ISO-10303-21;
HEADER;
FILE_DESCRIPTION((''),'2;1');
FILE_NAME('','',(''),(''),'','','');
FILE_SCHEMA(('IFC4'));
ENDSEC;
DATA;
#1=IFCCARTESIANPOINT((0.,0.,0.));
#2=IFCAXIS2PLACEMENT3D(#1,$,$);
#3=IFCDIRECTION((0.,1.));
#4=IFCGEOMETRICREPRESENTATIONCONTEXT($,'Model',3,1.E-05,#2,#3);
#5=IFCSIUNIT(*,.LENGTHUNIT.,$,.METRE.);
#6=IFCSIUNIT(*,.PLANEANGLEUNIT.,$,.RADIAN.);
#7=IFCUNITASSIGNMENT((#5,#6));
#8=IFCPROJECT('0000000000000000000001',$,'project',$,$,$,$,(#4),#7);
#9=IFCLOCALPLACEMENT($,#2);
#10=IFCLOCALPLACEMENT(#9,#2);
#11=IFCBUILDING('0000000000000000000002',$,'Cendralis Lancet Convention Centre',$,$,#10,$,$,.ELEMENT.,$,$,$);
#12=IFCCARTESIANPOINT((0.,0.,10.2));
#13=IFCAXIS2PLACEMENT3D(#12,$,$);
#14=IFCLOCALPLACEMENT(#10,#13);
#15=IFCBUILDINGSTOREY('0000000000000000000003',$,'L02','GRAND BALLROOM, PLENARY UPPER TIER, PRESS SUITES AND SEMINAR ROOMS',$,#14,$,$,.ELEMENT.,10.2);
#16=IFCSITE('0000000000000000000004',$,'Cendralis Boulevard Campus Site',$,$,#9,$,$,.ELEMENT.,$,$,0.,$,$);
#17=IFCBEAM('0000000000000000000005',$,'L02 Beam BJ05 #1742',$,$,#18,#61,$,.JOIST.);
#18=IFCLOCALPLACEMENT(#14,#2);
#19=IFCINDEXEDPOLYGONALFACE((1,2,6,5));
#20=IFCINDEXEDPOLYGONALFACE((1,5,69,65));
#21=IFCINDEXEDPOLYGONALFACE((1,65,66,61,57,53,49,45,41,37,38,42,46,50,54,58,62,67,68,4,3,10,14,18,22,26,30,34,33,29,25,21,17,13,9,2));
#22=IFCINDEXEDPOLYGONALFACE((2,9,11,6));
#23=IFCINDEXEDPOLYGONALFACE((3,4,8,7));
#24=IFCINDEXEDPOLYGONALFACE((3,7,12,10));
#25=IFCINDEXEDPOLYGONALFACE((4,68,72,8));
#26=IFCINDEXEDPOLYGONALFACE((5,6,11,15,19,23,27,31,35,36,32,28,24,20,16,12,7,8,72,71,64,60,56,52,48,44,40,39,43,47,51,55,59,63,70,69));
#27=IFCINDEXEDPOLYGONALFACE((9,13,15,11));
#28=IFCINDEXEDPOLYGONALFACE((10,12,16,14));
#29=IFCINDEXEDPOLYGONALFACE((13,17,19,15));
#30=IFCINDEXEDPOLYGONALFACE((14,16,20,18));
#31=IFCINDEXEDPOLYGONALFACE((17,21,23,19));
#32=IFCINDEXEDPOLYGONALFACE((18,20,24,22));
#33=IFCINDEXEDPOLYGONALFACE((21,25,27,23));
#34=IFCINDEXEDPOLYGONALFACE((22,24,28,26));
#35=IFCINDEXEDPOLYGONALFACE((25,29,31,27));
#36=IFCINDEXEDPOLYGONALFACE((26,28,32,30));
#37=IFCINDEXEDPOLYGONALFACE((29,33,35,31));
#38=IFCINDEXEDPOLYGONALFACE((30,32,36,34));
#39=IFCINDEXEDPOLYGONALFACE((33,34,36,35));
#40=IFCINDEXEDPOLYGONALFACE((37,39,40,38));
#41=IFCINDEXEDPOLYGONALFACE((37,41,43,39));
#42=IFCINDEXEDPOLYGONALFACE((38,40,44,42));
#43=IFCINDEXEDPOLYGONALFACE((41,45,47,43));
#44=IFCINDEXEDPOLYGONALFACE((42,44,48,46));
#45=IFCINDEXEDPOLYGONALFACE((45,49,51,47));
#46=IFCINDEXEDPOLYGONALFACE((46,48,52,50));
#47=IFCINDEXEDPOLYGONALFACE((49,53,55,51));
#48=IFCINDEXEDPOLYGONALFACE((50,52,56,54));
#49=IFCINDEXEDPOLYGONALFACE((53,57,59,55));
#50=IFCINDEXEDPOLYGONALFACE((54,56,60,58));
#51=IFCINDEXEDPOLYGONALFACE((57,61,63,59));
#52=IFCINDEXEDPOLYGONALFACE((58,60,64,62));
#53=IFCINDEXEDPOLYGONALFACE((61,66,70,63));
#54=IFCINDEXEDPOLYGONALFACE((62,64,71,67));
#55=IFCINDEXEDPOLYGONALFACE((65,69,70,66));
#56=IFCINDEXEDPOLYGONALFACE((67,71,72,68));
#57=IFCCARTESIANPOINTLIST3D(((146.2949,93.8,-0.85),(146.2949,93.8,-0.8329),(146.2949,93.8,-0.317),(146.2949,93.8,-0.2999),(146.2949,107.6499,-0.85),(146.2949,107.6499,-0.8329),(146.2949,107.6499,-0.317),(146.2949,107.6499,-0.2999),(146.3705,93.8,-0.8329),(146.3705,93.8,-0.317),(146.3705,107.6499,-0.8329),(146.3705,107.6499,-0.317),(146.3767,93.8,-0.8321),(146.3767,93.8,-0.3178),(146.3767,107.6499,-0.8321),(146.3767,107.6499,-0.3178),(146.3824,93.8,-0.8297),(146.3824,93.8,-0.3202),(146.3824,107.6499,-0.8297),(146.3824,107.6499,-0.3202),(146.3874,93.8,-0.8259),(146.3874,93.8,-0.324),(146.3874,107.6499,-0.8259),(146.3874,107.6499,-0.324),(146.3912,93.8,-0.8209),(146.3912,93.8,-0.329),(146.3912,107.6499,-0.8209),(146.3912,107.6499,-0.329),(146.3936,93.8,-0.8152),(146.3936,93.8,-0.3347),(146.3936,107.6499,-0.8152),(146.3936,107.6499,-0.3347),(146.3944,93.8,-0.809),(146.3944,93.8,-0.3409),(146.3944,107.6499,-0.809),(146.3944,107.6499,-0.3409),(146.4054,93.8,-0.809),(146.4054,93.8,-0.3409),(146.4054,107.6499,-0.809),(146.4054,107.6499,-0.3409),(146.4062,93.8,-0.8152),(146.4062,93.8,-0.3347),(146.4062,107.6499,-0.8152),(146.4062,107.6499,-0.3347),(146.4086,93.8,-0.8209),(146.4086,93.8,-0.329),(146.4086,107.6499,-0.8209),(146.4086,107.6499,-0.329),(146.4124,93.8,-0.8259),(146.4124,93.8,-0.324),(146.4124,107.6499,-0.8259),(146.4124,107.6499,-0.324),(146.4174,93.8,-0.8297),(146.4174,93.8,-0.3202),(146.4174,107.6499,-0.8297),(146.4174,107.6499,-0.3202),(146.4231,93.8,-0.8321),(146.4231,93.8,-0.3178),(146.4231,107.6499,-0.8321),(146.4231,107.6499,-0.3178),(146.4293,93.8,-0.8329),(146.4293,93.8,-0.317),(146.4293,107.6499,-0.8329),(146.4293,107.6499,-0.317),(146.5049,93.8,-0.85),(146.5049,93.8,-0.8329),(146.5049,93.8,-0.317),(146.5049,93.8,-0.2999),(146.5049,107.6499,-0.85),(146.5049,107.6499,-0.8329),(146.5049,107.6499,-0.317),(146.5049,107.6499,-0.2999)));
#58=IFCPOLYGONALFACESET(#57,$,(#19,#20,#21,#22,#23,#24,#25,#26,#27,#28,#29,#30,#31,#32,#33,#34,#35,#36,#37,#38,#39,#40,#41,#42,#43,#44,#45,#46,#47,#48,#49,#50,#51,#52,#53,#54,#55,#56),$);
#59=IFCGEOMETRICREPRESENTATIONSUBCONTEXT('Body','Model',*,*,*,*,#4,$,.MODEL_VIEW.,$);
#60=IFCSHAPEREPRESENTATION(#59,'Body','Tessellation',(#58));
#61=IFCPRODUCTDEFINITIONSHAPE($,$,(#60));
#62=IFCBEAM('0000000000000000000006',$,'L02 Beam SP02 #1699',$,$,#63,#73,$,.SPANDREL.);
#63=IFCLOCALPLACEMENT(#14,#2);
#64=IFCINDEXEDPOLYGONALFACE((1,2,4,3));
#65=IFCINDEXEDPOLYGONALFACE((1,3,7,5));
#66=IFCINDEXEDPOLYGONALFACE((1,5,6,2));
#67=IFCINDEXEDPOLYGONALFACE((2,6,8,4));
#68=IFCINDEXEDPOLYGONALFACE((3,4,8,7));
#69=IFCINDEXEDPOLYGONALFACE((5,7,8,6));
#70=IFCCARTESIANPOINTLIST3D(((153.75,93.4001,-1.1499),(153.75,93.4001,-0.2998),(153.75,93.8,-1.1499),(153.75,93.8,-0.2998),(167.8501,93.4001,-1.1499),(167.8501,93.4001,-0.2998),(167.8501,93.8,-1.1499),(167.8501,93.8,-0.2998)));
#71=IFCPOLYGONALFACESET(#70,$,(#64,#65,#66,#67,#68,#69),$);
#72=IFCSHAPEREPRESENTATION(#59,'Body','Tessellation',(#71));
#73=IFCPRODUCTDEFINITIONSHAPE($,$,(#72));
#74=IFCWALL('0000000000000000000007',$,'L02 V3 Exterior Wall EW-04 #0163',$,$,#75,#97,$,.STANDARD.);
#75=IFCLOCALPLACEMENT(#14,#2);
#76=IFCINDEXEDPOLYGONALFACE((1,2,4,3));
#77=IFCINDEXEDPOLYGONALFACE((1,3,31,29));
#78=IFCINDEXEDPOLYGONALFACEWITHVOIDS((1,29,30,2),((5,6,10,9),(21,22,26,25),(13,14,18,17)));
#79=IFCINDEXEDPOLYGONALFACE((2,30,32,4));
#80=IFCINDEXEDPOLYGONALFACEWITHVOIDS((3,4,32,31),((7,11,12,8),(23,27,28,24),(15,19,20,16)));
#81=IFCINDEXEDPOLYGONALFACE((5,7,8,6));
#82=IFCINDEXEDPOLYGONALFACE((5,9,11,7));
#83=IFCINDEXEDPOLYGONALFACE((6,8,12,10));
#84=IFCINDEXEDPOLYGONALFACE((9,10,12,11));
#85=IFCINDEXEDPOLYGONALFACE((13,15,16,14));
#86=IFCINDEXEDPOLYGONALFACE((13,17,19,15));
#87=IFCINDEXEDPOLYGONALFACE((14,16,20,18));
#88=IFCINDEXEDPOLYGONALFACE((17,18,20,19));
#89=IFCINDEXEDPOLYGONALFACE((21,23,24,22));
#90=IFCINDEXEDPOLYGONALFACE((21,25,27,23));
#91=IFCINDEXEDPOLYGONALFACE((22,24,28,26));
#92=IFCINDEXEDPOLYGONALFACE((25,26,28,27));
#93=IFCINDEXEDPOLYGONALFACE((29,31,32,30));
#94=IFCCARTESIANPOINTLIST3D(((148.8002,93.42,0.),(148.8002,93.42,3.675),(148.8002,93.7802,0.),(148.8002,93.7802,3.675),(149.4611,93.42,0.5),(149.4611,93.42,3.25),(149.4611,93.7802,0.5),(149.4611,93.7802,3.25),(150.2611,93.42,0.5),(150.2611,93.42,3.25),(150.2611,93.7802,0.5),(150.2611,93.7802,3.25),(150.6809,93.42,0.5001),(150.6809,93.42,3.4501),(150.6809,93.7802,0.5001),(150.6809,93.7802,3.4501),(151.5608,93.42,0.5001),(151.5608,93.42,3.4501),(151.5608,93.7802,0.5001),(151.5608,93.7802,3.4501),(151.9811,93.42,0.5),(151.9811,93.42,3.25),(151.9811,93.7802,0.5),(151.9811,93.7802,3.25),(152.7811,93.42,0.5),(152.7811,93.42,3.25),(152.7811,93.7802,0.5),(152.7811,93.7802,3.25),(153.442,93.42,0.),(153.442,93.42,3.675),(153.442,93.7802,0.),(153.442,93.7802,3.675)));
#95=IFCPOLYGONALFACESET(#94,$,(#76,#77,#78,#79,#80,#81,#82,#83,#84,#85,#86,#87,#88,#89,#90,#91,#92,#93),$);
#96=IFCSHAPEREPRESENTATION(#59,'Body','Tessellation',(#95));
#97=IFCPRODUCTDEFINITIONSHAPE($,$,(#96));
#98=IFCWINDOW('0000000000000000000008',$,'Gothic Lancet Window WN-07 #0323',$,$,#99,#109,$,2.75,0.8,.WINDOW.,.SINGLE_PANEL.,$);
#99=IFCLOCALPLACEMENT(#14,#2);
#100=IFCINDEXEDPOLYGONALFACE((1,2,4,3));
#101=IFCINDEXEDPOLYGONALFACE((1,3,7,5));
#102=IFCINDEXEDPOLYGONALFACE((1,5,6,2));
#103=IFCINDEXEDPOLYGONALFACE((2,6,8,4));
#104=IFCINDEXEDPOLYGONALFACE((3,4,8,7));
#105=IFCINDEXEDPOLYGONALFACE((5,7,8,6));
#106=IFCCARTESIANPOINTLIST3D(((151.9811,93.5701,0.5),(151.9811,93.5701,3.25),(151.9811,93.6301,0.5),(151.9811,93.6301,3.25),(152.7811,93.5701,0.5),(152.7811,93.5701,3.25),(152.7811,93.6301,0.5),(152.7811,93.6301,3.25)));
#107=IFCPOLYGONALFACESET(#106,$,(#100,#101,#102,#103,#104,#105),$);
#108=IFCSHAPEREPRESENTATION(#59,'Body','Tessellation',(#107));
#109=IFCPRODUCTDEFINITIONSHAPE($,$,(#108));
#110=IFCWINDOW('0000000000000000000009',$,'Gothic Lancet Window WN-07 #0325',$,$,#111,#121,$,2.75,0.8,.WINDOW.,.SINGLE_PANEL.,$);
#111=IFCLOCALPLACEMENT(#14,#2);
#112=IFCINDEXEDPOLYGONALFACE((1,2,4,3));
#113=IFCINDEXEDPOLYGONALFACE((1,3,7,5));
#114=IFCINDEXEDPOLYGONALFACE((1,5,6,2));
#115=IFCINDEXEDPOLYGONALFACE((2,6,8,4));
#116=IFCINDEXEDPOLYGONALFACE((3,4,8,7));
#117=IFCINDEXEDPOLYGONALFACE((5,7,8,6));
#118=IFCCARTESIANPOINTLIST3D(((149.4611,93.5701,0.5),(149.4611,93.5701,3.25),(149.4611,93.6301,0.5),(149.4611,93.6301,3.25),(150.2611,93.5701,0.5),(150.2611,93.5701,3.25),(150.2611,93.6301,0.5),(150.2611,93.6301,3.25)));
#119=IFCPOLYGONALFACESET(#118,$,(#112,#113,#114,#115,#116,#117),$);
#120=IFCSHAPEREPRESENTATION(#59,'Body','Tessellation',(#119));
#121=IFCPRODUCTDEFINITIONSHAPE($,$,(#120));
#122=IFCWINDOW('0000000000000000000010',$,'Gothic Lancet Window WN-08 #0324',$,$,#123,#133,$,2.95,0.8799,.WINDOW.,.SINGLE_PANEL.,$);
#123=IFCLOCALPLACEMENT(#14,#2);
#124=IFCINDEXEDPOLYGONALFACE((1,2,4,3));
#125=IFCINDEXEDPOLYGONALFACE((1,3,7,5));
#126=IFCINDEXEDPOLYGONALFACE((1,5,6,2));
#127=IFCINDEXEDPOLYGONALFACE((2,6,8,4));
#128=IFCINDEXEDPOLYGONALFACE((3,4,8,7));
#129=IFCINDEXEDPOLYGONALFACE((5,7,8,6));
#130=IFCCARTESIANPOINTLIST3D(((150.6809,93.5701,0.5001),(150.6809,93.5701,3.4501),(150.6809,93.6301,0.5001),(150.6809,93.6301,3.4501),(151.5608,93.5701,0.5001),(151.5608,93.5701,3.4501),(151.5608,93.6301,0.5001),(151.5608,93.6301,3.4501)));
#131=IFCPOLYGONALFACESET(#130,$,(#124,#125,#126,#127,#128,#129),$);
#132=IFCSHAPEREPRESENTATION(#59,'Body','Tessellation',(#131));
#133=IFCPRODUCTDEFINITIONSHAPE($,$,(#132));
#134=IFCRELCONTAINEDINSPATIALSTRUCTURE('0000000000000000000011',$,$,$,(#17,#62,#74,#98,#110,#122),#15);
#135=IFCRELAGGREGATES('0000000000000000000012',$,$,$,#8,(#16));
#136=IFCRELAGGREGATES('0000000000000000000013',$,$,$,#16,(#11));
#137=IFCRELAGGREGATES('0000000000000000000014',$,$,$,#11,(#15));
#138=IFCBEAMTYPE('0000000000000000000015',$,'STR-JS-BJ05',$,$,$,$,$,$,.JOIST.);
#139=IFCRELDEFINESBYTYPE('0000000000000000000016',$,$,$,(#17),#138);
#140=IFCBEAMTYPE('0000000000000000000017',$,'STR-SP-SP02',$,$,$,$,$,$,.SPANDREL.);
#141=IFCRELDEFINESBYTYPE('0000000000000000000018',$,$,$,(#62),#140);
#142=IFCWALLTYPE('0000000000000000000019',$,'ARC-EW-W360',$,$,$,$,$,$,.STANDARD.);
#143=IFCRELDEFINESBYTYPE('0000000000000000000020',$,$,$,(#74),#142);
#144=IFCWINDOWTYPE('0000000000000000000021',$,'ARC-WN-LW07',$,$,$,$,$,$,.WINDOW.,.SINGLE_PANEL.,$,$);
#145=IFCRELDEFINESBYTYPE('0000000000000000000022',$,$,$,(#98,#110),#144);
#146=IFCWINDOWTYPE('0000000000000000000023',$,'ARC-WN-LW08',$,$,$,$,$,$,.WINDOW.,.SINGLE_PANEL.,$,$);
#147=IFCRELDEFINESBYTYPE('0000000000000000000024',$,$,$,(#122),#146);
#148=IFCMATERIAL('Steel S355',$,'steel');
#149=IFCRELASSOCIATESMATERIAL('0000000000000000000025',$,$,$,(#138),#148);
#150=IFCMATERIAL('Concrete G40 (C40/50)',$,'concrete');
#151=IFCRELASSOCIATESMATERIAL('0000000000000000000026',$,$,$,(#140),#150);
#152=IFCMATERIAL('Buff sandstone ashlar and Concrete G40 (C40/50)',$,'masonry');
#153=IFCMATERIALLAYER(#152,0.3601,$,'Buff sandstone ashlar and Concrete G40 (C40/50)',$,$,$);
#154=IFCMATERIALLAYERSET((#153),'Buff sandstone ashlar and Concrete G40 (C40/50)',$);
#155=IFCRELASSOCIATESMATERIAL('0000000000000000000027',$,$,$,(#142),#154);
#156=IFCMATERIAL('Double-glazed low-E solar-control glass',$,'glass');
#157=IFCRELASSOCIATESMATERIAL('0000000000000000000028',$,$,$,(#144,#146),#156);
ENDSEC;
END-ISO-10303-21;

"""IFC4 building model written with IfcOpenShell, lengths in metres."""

from ifc_helpers import new_model, si_unit, direction, frame, frame_2d, origin, origin_2d, place, context, subcontext, project, spatial, rectangle, i_section, extrude, material, layer, layer_set, material_profile, profile_set, type_object, element, fill, save


model = new_model("IFC4")

# Units and contexts
model_context = context("Model", 3, precision=1e-05, world=origin(), true_north=direction((0.0, 1.0)))
body_context = subcontext(model_context, "Body", "Model", "MODEL_VIEW")
ifc_project = project(units=[si_unit("LENGTHUNIT", "METRE"), si_unit("PLANEANGLEUNIT", "RADIAN")], contexts=[model_context])

# Site, building, storey
site_placement = place(None, origin())
site = spatial("IfcSite", under=ifc_project, at=site_placement, Name="Cendralis Boulevard Campus Site", CompositionType="ELEMENT", RefElevation=0.0)
building_placement = place(site_placement, origin())
building = spatial("IfcBuilding", under=site, at=building_placement, Name="Cendralis Lancet Convention Centre", CompositionType="ELEMENT")
storey_placement = place(building_placement, frame((0.0, 0.0, 10.2)))
storey = spatial("IfcBuildingStorey", under=building, at=storey_placement, Name="L02", Description="GRAND BALLROOM, PLENARY UPPER TIER, PRESS SUITES AND SEMINAR ROOMS", CompositionType="ELEMENT", Elevation=10.2)

# Shared definitions
ifc_material_1 = material(Name="Steel S355", Category="steel")

# Beams
ifc_material_profile_1 = material_profile(ifc_material_1, i_section(OverallWidth=0.21, OverallDepth=0.55, WebThickness=0.011, FlangeThickness=0.0171, FilletRadius=0.0239, at=origin_2d()), Name="IPE 550")
ifc_profile_set_1 = profile_set([ifc_material_profile_1], Name="Steel S355")
beam_type_1 = type_object("IfcBeamType", Name="STR-JS-BJ05", PredefinedType="JOIST", material=ifc_profile_set_1)
beam_1_placement = place(storey_placement, frame((146.3999, 93.8, -0.575), z_axis=(0.0, 1.0, 0.0), x_axis=(-1.0, 0.0, 0.0)))
element("IfcBeam", 1, at=beam_1_placement, inside=storey, type_object=beam_type_1, Name="L02 Beam BJ05 #1742", PredefinedType="JOIST", context=body_context, shape_type="SweptSolid", body=[
    extrude(i_section(OverallWidth=0.21, OverallDepth=0.55, WebThickness=0.011, FlangeThickness=0.0171, FilletRadius=0.0239, at=origin_2d()), origin(), (0.0, 0.0, 1.0), 13.8499),
])
ifc_material_2 = material(Name="Concrete G40 (C40/50)", Category="concrete")
ifc_material_profile_2 = material_profile(ifc_material_2, rectangle(XDim=0.3999, YDim=0.8501, at=origin_2d()), Name="RCB 400x850")
ifc_profile_set_2 = profile_set([ifc_material_profile_2], Name="Concrete G40 (C40/50)")
beam_type_2 = type_object("IfcBeamType", Name="STR-SP-SP02", PredefinedType="SPANDREL", material=ifc_profile_set_2)
beam_2_placement = place(storey_placement, frame((153.75, 93.6001, -0.7249), z_axis=(1.0, 0.0, 0.0), x_axis=(0.0, 1.0, 0.0)))
element("IfcBeam", 2, at=beam_2_placement, inside=storey, type_object=beam_type_2, Name="L02 Beam SP02 #1699", PredefinedType="SPANDREL", context=body_context, shape_type="SweptSolid", body=[
    extrude(rectangle(XDim=0.3999, YDim=0.8501, at=origin_2d()), origin(), (0.0, 0.0, 1.0), 14.1001),
])

# Wall, openings, windows
ifc_material_3 = material(Name="Buff sandstone ashlar and Concrete G40 (C40/50)", Category="masonry")
ifc_layer_1 = layer(ifc_material_3, 0.3601, Name="Buff sandstone ashlar and Concrete G40 (C40/50)")
ifc_layer_set_1 = layer_set([ifc_layer_1], Name="Buff sandstone ashlar and Concrete G40 (C40/50)")
wall_type_1 = type_object("IfcWallType", Name="ARC-EW-W360", PredefinedType="STANDARD", material=ifc_layer_set_1)
wall_1_placement = place(storey_placement, frame((153.4419, 93.6001, 0.0), z_axis=(0.0, 0.0, 1.0), x_axis=(-1.0, 0.0, 0.0)))
wall_1 = element("IfcWall", 3, at=wall_1_placement, inside=storey, type_object=wall_type_1, Name="L02 V3 Exterior Wall EW-04 #0163", PredefinedType="STANDARD", context=body_context, shape_type="SweptSolid", body=[
    extrude(rectangle(XDim=4.6418, YDim=0.3601, at=frame_2d((2.3208, 0.0))), origin(), (0.0, 0.0, 1.0), 3.675),
])
opening_1_placement = place(wall_1_placement, frame((0.6609, 0.0, 0.5)))
opening_1 = element("IfcOpeningElement", 4, at=opening_1_placement, cuts=wall_1, PredefinedType="OPENING", context=body_context, shape_type="SweptSolid", body=[
    extrude(rectangle(XDim=0.8, YDim=2.75, at=frame_2d((0.3999, 1.375))), frame((0.0, 0.1899, 0.0), z_axis=(0.0, -1.0, 0.0), x_axis=(1.0, 0.0, 0.0)), (0.0, 0.0, 1.0), 0.3801),
])
opening_2_placement = place(wall_1_placement, frame((1.8811, 0.0, 0.5)))
opening_2 = element("IfcOpeningElement", 5, at=opening_2_placement, cuts=wall_1, PredefinedType="OPENING", context=body_context, shape_type="SweptSolid", body=[
    extrude(rectangle(XDim=0.8799, YDim=2.95, at=frame_2d((0.4399, 1.4751))), frame((0.0, 0.1899, 0.0), z_axis=(0.0, -1.0, 0.0), x_axis=(1.0, 0.0, 0.0)), (0.0, 0.0, 1.0), 0.3801),
])
opening_3_placement = place(wall_1_placement, frame((3.1809, 0.0, 0.5)))
opening_3 = element("IfcOpeningElement", 6, at=opening_3_placement, cuts=wall_1, PredefinedType="OPENING", context=body_context, shape_type="SweptSolid", body=[
    extrude(rectangle(XDim=0.8, YDim=2.75, at=frame_2d((0.3999, 1.375))), frame((0.0, 0.1899, 0.0), z_axis=(0.0, -1.0, 0.0), x_axis=(1.0, 0.0, 0.0)), (0.0, 0.0, 1.0), 0.3801),
])
ifc_material_4 = material(Name="Double-glazed low-E solar-control glass", Category="glass")
window_type_1 = type_object("IfcWindowType", Name="ARC-WN-LW07", PartitioningType="SINGLE_PANEL", PredefinedType="WINDOW", material=ifc_material_4)
window_1_placement = place(opening_1_placement, origin())
window_1 = element("IfcWindow", 7, at=window_1_placement, inside=storey, type_object=window_type_1, Name="Gothic Lancet Window WN-07 #0323", OverallHeight=2.75, OverallWidth=0.8, PartitioningType="SINGLE_PANEL", PredefinedType="WINDOW", context=body_context, shape_type="SweptSolid", body=[
    extrude(rectangle(XDim=0.8, YDim=2.75, at=frame_2d((0.3999, 1.375))), frame((0.0, 0.03, 0.0), z_axis=(0.0, -1.0, 0.0), x_axis=(1.0, 0.0, 0.0)), (0.0, 0.0, 1.0), 0.0601),
])
fill(opening_1, window_1)
window_2_placement = place(opening_3_placement, origin())
window_2 = element("IfcWindow", 8, at=window_2_placement, inside=storey, type_object=window_type_1, Name="Gothic Lancet Window WN-07 #0325", OverallHeight=2.75, OverallWidth=0.8, PartitioningType="SINGLE_PANEL", PredefinedType="WINDOW", context=body_context, shape_type="SweptSolid", body=[
    extrude(rectangle(XDim=0.8, YDim=2.75, at=frame_2d((0.3999, 1.375))), frame((0.0, 0.03, 0.0), z_axis=(0.0, -1.0, 0.0), x_axis=(1.0, 0.0, 0.0)), (0.0, 0.0, 1.0), 0.0601),
])
fill(opening_3, window_2)
window_type_2 = type_object("IfcWindowType", Name="ARC-WN-LW08", PartitioningType="SINGLE_PANEL", PredefinedType="WINDOW", material=ifc_material_4)
window_3_placement = place(opening_2_placement, origin())
window_3 = element("IfcWindow", 9, at=window_3_placement, inside=storey, type_object=window_type_2, Name="Gothic Lancet Window WN-08 #0324", OverallHeight=2.95, OverallWidth=0.8799, PartitioningType="SINGLE_PANEL", PredefinedType="WINDOW", context=body_context, shape_type="SweptSolid", body=[
    extrude(rectangle(XDim=0.8799, YDim=2.95, at=frame_2d((0.4399, 1.4751))), frame((0.0, 0.03, 0.0), z_axis=(0.0, -1.0, 0.0), x_axis=(1.0, 0.0, 0.0)), (0.0, 0.0, 1.0), 0.0601),
])
fill(opening_2, window_3)

save(model, "model.ifc")
